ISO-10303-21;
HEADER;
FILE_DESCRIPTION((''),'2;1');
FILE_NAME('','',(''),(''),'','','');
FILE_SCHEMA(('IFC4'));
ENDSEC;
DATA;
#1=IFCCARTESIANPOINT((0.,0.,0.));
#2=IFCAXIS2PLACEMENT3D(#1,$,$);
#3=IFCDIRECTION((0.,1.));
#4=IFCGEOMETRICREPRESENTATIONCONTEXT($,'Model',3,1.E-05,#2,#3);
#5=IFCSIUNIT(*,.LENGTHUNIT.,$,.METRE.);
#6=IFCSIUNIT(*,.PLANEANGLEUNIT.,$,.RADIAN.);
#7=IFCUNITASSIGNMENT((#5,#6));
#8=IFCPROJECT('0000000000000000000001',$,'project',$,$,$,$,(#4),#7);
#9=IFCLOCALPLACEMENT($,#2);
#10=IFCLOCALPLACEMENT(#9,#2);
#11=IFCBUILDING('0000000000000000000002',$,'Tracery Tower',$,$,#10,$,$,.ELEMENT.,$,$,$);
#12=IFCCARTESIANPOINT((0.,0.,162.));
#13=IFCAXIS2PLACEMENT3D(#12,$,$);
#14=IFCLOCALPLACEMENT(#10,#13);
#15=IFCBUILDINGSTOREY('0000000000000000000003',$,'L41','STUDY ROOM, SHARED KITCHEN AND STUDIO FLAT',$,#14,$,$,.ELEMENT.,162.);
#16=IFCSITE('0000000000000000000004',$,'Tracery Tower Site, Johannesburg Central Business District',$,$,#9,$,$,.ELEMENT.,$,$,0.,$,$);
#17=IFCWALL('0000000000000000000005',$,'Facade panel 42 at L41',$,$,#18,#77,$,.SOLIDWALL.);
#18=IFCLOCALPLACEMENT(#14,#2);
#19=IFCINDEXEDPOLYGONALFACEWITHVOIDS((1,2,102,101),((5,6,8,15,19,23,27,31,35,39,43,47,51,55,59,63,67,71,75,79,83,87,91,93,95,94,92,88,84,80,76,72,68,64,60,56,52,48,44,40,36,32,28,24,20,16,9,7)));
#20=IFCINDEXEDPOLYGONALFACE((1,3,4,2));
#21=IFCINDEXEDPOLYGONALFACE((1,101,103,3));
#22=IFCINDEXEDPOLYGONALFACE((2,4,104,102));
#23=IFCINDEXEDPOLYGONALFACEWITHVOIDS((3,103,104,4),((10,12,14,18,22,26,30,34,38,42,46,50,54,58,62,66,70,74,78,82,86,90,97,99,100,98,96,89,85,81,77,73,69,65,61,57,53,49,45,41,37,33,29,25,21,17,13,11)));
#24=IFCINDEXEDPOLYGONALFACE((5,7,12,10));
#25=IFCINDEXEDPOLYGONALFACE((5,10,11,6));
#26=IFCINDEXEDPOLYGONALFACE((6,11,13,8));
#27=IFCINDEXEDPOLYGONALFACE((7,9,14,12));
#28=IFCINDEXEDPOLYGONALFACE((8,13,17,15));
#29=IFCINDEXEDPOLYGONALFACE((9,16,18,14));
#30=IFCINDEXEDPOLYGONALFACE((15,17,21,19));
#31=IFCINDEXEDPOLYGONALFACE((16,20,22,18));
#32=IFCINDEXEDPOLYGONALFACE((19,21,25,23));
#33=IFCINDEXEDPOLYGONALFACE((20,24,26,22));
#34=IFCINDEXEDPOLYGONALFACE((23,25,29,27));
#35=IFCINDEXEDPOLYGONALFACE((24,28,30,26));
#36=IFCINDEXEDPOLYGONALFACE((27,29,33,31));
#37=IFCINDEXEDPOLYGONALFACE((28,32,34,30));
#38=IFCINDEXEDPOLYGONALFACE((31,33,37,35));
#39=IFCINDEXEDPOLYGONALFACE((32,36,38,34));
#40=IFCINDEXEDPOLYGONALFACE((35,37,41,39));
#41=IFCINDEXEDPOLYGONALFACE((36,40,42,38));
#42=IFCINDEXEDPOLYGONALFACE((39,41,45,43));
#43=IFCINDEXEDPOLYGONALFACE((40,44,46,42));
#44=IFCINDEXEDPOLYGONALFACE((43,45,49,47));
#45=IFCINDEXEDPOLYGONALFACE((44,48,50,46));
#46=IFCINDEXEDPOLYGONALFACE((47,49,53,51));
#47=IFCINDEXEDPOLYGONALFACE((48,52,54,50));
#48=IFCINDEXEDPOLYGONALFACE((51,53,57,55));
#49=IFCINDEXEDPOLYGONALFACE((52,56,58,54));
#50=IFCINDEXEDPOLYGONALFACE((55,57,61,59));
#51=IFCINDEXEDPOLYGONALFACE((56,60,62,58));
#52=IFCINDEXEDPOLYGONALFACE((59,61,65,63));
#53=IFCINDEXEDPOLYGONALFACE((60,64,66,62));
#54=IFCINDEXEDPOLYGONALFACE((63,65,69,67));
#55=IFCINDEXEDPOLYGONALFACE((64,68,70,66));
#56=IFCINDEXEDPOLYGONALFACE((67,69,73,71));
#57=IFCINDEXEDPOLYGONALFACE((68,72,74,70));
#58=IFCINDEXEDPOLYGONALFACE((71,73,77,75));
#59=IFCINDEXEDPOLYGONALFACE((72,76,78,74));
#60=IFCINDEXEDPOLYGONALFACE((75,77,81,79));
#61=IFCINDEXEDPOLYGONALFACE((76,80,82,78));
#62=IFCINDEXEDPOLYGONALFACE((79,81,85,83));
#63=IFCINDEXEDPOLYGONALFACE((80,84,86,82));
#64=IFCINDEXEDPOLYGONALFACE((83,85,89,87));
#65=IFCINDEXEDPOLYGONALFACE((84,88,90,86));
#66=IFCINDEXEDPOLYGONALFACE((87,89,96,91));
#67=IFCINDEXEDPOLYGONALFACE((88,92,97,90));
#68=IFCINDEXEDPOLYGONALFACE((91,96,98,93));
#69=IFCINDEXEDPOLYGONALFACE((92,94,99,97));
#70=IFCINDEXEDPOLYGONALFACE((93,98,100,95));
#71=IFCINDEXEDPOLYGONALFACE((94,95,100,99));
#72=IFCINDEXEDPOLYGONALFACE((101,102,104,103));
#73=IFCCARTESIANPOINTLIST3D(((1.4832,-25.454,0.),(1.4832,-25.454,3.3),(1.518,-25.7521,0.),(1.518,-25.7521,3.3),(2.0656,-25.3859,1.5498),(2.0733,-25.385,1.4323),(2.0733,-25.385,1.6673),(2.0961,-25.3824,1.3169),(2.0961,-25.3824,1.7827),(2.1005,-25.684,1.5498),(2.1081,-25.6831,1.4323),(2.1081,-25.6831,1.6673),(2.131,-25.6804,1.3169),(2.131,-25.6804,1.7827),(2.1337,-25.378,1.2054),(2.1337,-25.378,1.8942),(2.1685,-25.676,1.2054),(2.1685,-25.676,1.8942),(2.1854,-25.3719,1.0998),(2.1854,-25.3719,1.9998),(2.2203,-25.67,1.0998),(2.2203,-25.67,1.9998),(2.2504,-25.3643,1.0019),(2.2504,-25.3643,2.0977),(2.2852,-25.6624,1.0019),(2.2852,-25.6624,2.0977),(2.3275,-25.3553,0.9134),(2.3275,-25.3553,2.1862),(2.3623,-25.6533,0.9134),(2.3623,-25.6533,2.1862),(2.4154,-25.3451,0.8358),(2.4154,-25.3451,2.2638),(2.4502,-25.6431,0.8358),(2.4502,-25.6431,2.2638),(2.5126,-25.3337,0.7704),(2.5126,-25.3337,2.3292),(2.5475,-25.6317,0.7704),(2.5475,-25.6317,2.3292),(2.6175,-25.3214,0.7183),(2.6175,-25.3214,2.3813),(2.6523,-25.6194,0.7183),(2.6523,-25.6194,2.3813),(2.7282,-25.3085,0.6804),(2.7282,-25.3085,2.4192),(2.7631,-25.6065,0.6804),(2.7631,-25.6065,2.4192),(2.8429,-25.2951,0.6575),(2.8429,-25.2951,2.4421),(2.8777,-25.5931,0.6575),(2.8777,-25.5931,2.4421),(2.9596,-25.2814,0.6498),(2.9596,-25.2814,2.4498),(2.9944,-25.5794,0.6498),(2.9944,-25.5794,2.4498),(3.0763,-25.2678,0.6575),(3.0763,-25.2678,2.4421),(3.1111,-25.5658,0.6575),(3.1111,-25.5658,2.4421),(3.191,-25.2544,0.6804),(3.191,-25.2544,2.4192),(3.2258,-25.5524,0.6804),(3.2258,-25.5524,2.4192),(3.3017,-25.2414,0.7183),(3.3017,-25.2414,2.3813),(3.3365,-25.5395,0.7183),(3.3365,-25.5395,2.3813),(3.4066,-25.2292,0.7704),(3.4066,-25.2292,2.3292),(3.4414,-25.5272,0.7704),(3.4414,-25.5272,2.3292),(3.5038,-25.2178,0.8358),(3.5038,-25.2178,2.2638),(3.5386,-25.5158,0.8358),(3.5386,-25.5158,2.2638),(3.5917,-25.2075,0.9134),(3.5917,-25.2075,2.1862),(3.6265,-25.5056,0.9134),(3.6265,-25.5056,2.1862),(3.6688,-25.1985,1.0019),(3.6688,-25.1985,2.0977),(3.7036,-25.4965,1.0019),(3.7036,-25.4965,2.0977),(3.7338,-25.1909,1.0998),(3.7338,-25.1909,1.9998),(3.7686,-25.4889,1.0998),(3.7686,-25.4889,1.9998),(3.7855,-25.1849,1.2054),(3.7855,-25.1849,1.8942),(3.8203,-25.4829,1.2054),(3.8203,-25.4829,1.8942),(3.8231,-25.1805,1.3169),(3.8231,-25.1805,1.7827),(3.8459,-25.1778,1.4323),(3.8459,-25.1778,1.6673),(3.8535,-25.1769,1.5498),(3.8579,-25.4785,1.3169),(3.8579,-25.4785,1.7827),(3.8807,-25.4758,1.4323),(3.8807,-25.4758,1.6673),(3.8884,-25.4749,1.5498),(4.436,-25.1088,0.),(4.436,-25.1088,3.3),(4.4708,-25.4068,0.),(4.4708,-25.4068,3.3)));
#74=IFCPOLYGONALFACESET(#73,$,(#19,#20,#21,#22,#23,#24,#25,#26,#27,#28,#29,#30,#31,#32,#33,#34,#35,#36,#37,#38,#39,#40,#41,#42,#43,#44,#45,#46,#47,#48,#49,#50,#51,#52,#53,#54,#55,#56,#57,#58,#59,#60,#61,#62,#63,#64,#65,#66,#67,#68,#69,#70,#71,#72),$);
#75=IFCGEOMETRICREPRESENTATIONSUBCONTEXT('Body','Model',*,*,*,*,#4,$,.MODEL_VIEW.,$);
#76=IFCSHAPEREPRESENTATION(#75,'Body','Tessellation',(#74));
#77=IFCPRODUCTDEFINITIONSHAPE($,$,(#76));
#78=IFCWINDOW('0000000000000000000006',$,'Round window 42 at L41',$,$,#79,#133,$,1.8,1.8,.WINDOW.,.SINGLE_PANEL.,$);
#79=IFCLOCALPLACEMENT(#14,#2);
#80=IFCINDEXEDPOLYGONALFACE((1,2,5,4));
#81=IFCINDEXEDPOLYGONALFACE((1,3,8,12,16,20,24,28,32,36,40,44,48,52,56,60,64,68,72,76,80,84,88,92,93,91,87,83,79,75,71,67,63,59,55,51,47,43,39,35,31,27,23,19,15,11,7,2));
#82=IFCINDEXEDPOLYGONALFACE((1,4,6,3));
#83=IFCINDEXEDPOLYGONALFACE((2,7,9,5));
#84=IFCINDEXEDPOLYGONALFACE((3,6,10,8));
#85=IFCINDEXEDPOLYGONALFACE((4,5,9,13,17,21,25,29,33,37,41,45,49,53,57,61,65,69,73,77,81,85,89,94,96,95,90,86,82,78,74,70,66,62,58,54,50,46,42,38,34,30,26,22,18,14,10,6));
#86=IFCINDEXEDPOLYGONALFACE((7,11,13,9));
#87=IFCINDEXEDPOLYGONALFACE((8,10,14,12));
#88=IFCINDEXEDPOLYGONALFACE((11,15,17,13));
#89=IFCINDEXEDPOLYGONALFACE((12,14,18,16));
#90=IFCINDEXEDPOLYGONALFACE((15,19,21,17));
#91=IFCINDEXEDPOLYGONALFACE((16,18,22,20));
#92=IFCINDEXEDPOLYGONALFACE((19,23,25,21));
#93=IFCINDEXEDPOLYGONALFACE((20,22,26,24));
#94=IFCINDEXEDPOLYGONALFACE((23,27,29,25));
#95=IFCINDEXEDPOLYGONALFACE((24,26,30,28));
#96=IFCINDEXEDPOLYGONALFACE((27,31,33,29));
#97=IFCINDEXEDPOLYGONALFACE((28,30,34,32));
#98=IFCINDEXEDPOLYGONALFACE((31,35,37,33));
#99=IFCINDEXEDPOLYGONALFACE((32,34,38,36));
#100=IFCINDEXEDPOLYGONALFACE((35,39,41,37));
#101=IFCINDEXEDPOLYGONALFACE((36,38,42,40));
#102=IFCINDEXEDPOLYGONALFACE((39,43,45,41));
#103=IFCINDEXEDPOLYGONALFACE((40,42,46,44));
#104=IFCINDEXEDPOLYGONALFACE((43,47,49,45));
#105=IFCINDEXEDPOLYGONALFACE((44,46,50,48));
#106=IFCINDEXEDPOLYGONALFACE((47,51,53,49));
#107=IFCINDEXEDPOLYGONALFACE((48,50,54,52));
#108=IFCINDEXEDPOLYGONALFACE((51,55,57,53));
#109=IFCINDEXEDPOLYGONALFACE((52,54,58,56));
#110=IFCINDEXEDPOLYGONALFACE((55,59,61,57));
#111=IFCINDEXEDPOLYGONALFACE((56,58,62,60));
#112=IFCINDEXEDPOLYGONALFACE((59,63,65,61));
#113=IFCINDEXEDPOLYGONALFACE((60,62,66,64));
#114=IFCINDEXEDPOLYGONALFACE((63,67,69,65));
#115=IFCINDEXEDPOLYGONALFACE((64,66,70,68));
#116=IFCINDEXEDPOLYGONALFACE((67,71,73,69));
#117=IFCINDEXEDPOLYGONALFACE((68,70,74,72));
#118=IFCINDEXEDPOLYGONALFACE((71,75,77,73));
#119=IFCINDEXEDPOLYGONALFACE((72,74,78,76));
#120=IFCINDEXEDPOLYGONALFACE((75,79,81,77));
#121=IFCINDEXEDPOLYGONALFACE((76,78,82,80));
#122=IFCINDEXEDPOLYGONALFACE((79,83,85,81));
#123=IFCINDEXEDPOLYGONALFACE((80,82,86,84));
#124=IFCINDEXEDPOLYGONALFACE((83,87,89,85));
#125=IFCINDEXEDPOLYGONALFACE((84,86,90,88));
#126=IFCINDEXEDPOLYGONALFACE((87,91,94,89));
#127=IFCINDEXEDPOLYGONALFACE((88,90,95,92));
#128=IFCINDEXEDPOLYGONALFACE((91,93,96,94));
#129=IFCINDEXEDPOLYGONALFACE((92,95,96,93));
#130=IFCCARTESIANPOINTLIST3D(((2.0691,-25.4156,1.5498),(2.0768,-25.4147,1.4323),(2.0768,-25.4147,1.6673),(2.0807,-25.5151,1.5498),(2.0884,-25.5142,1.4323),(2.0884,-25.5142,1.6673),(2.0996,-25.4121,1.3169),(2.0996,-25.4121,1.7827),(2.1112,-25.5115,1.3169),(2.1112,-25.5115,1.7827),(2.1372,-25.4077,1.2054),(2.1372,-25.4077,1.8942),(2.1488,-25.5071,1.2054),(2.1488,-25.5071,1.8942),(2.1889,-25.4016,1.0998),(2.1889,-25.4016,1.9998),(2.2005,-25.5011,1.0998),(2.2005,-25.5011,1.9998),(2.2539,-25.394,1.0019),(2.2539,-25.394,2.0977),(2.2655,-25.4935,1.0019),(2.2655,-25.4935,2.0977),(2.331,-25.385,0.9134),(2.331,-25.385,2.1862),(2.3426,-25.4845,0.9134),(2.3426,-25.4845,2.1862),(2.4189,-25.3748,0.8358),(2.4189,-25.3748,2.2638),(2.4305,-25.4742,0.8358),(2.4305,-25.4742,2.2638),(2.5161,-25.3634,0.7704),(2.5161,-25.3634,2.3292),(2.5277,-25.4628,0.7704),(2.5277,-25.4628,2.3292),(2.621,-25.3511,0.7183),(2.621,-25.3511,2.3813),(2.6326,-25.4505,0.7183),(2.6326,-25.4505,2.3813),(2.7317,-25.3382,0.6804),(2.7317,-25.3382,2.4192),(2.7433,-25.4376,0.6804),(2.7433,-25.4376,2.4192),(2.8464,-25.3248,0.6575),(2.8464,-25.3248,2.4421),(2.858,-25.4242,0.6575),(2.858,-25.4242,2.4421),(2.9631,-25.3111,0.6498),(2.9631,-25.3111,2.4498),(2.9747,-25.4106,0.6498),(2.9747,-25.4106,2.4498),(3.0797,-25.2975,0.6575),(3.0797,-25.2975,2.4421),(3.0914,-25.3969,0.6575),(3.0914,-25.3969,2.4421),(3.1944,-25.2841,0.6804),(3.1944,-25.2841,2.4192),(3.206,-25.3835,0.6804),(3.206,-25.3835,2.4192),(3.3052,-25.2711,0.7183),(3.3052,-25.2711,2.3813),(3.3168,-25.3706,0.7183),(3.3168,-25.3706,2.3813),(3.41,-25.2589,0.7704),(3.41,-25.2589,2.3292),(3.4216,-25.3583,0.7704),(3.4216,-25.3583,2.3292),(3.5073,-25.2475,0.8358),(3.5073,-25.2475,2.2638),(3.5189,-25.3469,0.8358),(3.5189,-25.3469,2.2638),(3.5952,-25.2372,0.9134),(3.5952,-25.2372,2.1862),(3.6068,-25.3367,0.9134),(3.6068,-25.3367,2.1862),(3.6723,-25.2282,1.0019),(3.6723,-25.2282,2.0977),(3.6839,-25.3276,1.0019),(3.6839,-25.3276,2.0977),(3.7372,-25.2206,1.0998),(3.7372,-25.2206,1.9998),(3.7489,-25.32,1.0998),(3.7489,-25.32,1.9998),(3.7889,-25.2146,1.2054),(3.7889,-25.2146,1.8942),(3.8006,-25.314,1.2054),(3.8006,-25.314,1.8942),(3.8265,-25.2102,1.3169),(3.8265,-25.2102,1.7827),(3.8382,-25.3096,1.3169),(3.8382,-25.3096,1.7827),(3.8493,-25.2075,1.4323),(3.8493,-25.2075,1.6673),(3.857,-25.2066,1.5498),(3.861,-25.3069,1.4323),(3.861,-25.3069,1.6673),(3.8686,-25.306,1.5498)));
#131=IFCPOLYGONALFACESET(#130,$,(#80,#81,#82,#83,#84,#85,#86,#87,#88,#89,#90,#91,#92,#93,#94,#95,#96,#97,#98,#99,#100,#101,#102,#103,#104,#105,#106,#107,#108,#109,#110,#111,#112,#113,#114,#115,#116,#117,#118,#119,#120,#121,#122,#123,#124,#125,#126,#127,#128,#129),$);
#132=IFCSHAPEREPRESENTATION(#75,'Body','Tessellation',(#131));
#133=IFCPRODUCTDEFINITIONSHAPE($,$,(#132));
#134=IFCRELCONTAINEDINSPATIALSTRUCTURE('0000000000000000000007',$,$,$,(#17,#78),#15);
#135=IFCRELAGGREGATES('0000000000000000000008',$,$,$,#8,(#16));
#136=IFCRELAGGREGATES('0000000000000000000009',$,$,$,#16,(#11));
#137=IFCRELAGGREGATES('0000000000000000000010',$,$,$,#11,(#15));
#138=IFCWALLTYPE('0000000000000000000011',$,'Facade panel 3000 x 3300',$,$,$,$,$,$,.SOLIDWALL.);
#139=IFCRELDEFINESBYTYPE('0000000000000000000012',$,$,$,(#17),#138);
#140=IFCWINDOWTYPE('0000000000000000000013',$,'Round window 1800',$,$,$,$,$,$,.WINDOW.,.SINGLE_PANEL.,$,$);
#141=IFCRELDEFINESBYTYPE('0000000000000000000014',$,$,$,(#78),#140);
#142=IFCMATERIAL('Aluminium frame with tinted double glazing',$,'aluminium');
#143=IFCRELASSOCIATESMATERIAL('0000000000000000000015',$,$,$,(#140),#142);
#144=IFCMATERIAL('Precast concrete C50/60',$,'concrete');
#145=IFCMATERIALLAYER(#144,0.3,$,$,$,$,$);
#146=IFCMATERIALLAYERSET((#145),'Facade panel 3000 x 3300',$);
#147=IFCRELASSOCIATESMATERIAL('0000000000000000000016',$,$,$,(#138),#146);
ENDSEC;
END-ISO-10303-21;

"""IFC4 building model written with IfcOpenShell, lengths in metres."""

from ifc_helpers import new_model, si_unit, direction, frame, frame_2d, origin, origin_2d, place, context, subcontext, project, spatial, rectangle, circle, extrude, material, layer, layer_set, type_object, element, fill, save


model = new_model("IFC4")

# Units and contexts
model_context = context("Model", 3, precision=1e-05, world=origin(), true_north=direction((0.0, 1.0)))
body_context = subcontext(model_context, "Body", "Model", "MODEL_VIEW")
ifc_project = project(units=[si_unit("LENGTHUNIT", "METRE"), si_unit("PLANEANGLEUNIT", "RADIAN")], contexts=[model_context])

# Site, building, storey
site_placement = place(None, origin())
site = spatial("IfcSite", under=ifc_project, at=site_placement, Name="Tracery Tower Site, Johannesburg Central Business District", CompositionType="ELEMENT", RefElevation=0.0)
building_placement = place(site_placement, origin())
building = spatial("IfcBuilding", under=site, at=building_placement, Name="Tracery Tower", CompositionType="ELEMENT")
storey_placement = place(building_placement, frame((0.0, 0.0, 162.0)))
storey = spatial("IfcBuildingStorey", under=building, at=storey_placement, Name="L41", Description="STUDY ROOM, SHARED KITCHEN AND STUDIO FLAT", CompositionType="ELEMENT", Elevation=162.0)

# Wall, opening, window
ifc_material_1 = material(Name="Aluminium frame with tinted double glazing", Category="aluminium")
window_type = type_object("IfcWindowType", Name="Round window 1800", PartitioningType="SINGLE_PANEL", PredefinedType="WINDOW", material=ifc_material_1)
ifc_material_2 = material(Name="Precast concrete C50/60", Category="concrete")
ifc_layer_1 = layer(ifc_material_2, 0.3)
ifc_layer_set_1 = layer_set([ifc_layer_1], Name="Facade panel 3000 x 3300")
wall_type_1 = type_object("IfcWallType", Name="Facade panel 3000 x 3300", PredefinedType="SOLIDWALL", material=ifc_layer_set_1)
wall_1_placement = place(storey_placement, frame((1.5007, -25.603, 0.0), z_axis=(0.0, 0.0, 1.0), x_axis=(0.993236, 0.116117, 0.0)))
wall_1 = element("IfcWall", 1, at=wall_1_placement, inside=storey, type_object=wall_type_1, Name="Facade panel 42 at L41", PredefinedType="SOLIDWALL", context=body_context, shape_type="SweptSolid", body=[
    extrude(rectangle(XDim=2.9729, YDim=0.3, at=frame_2d((1.4863, 0.0))), origin(), (0.0, 0.0, 1.0), 3.3),
])
opening_1_placement = place(wall_1_placement, frame((1.4863, 0.0, 1.5498)))
opening_1 = element("IfcOpeningElement", 2, at=opening_1_placement, cuts=wall_1, PredefinedType="OPENING", context=body_context, shape_type="SweptSolid", body=[
    extrude(circle(Radius=0.9, at=origin_2d()), frame((0.0, 0.1599, 0.0), z_axis=(0.0, -1.0, 0.0), x_axis=(1.0, 0.0, 0.0)), (0.0, 0.0, 1.0), 0.3201),
])
window_1_placement = place(opening_1_placement, origin())
window_1 = element("IfcWindow", 3, at=window_1_placement, inside=storey, type_object=window_type, Name="Round window 42 at L41", OverallHeight=1.8, OverallWidth=1.8, PartitioningType="SINGLE_PANEL", PredefinedType="WINDOW", context=body_context, shape_type="SweptSolid", body=[
    extrude(circle(Radius=0.9, at=origin_2d()), frame((0.0, 0.1201, 0.0), z_axis=(0.0, -1.0, 0.0), x_axis=(1.0, 0.0, 0.0)), (0.0, 0.0, 1.0), 0.1001),
])
fill(opening_1, window_1)

save(model, "model.ifc")
